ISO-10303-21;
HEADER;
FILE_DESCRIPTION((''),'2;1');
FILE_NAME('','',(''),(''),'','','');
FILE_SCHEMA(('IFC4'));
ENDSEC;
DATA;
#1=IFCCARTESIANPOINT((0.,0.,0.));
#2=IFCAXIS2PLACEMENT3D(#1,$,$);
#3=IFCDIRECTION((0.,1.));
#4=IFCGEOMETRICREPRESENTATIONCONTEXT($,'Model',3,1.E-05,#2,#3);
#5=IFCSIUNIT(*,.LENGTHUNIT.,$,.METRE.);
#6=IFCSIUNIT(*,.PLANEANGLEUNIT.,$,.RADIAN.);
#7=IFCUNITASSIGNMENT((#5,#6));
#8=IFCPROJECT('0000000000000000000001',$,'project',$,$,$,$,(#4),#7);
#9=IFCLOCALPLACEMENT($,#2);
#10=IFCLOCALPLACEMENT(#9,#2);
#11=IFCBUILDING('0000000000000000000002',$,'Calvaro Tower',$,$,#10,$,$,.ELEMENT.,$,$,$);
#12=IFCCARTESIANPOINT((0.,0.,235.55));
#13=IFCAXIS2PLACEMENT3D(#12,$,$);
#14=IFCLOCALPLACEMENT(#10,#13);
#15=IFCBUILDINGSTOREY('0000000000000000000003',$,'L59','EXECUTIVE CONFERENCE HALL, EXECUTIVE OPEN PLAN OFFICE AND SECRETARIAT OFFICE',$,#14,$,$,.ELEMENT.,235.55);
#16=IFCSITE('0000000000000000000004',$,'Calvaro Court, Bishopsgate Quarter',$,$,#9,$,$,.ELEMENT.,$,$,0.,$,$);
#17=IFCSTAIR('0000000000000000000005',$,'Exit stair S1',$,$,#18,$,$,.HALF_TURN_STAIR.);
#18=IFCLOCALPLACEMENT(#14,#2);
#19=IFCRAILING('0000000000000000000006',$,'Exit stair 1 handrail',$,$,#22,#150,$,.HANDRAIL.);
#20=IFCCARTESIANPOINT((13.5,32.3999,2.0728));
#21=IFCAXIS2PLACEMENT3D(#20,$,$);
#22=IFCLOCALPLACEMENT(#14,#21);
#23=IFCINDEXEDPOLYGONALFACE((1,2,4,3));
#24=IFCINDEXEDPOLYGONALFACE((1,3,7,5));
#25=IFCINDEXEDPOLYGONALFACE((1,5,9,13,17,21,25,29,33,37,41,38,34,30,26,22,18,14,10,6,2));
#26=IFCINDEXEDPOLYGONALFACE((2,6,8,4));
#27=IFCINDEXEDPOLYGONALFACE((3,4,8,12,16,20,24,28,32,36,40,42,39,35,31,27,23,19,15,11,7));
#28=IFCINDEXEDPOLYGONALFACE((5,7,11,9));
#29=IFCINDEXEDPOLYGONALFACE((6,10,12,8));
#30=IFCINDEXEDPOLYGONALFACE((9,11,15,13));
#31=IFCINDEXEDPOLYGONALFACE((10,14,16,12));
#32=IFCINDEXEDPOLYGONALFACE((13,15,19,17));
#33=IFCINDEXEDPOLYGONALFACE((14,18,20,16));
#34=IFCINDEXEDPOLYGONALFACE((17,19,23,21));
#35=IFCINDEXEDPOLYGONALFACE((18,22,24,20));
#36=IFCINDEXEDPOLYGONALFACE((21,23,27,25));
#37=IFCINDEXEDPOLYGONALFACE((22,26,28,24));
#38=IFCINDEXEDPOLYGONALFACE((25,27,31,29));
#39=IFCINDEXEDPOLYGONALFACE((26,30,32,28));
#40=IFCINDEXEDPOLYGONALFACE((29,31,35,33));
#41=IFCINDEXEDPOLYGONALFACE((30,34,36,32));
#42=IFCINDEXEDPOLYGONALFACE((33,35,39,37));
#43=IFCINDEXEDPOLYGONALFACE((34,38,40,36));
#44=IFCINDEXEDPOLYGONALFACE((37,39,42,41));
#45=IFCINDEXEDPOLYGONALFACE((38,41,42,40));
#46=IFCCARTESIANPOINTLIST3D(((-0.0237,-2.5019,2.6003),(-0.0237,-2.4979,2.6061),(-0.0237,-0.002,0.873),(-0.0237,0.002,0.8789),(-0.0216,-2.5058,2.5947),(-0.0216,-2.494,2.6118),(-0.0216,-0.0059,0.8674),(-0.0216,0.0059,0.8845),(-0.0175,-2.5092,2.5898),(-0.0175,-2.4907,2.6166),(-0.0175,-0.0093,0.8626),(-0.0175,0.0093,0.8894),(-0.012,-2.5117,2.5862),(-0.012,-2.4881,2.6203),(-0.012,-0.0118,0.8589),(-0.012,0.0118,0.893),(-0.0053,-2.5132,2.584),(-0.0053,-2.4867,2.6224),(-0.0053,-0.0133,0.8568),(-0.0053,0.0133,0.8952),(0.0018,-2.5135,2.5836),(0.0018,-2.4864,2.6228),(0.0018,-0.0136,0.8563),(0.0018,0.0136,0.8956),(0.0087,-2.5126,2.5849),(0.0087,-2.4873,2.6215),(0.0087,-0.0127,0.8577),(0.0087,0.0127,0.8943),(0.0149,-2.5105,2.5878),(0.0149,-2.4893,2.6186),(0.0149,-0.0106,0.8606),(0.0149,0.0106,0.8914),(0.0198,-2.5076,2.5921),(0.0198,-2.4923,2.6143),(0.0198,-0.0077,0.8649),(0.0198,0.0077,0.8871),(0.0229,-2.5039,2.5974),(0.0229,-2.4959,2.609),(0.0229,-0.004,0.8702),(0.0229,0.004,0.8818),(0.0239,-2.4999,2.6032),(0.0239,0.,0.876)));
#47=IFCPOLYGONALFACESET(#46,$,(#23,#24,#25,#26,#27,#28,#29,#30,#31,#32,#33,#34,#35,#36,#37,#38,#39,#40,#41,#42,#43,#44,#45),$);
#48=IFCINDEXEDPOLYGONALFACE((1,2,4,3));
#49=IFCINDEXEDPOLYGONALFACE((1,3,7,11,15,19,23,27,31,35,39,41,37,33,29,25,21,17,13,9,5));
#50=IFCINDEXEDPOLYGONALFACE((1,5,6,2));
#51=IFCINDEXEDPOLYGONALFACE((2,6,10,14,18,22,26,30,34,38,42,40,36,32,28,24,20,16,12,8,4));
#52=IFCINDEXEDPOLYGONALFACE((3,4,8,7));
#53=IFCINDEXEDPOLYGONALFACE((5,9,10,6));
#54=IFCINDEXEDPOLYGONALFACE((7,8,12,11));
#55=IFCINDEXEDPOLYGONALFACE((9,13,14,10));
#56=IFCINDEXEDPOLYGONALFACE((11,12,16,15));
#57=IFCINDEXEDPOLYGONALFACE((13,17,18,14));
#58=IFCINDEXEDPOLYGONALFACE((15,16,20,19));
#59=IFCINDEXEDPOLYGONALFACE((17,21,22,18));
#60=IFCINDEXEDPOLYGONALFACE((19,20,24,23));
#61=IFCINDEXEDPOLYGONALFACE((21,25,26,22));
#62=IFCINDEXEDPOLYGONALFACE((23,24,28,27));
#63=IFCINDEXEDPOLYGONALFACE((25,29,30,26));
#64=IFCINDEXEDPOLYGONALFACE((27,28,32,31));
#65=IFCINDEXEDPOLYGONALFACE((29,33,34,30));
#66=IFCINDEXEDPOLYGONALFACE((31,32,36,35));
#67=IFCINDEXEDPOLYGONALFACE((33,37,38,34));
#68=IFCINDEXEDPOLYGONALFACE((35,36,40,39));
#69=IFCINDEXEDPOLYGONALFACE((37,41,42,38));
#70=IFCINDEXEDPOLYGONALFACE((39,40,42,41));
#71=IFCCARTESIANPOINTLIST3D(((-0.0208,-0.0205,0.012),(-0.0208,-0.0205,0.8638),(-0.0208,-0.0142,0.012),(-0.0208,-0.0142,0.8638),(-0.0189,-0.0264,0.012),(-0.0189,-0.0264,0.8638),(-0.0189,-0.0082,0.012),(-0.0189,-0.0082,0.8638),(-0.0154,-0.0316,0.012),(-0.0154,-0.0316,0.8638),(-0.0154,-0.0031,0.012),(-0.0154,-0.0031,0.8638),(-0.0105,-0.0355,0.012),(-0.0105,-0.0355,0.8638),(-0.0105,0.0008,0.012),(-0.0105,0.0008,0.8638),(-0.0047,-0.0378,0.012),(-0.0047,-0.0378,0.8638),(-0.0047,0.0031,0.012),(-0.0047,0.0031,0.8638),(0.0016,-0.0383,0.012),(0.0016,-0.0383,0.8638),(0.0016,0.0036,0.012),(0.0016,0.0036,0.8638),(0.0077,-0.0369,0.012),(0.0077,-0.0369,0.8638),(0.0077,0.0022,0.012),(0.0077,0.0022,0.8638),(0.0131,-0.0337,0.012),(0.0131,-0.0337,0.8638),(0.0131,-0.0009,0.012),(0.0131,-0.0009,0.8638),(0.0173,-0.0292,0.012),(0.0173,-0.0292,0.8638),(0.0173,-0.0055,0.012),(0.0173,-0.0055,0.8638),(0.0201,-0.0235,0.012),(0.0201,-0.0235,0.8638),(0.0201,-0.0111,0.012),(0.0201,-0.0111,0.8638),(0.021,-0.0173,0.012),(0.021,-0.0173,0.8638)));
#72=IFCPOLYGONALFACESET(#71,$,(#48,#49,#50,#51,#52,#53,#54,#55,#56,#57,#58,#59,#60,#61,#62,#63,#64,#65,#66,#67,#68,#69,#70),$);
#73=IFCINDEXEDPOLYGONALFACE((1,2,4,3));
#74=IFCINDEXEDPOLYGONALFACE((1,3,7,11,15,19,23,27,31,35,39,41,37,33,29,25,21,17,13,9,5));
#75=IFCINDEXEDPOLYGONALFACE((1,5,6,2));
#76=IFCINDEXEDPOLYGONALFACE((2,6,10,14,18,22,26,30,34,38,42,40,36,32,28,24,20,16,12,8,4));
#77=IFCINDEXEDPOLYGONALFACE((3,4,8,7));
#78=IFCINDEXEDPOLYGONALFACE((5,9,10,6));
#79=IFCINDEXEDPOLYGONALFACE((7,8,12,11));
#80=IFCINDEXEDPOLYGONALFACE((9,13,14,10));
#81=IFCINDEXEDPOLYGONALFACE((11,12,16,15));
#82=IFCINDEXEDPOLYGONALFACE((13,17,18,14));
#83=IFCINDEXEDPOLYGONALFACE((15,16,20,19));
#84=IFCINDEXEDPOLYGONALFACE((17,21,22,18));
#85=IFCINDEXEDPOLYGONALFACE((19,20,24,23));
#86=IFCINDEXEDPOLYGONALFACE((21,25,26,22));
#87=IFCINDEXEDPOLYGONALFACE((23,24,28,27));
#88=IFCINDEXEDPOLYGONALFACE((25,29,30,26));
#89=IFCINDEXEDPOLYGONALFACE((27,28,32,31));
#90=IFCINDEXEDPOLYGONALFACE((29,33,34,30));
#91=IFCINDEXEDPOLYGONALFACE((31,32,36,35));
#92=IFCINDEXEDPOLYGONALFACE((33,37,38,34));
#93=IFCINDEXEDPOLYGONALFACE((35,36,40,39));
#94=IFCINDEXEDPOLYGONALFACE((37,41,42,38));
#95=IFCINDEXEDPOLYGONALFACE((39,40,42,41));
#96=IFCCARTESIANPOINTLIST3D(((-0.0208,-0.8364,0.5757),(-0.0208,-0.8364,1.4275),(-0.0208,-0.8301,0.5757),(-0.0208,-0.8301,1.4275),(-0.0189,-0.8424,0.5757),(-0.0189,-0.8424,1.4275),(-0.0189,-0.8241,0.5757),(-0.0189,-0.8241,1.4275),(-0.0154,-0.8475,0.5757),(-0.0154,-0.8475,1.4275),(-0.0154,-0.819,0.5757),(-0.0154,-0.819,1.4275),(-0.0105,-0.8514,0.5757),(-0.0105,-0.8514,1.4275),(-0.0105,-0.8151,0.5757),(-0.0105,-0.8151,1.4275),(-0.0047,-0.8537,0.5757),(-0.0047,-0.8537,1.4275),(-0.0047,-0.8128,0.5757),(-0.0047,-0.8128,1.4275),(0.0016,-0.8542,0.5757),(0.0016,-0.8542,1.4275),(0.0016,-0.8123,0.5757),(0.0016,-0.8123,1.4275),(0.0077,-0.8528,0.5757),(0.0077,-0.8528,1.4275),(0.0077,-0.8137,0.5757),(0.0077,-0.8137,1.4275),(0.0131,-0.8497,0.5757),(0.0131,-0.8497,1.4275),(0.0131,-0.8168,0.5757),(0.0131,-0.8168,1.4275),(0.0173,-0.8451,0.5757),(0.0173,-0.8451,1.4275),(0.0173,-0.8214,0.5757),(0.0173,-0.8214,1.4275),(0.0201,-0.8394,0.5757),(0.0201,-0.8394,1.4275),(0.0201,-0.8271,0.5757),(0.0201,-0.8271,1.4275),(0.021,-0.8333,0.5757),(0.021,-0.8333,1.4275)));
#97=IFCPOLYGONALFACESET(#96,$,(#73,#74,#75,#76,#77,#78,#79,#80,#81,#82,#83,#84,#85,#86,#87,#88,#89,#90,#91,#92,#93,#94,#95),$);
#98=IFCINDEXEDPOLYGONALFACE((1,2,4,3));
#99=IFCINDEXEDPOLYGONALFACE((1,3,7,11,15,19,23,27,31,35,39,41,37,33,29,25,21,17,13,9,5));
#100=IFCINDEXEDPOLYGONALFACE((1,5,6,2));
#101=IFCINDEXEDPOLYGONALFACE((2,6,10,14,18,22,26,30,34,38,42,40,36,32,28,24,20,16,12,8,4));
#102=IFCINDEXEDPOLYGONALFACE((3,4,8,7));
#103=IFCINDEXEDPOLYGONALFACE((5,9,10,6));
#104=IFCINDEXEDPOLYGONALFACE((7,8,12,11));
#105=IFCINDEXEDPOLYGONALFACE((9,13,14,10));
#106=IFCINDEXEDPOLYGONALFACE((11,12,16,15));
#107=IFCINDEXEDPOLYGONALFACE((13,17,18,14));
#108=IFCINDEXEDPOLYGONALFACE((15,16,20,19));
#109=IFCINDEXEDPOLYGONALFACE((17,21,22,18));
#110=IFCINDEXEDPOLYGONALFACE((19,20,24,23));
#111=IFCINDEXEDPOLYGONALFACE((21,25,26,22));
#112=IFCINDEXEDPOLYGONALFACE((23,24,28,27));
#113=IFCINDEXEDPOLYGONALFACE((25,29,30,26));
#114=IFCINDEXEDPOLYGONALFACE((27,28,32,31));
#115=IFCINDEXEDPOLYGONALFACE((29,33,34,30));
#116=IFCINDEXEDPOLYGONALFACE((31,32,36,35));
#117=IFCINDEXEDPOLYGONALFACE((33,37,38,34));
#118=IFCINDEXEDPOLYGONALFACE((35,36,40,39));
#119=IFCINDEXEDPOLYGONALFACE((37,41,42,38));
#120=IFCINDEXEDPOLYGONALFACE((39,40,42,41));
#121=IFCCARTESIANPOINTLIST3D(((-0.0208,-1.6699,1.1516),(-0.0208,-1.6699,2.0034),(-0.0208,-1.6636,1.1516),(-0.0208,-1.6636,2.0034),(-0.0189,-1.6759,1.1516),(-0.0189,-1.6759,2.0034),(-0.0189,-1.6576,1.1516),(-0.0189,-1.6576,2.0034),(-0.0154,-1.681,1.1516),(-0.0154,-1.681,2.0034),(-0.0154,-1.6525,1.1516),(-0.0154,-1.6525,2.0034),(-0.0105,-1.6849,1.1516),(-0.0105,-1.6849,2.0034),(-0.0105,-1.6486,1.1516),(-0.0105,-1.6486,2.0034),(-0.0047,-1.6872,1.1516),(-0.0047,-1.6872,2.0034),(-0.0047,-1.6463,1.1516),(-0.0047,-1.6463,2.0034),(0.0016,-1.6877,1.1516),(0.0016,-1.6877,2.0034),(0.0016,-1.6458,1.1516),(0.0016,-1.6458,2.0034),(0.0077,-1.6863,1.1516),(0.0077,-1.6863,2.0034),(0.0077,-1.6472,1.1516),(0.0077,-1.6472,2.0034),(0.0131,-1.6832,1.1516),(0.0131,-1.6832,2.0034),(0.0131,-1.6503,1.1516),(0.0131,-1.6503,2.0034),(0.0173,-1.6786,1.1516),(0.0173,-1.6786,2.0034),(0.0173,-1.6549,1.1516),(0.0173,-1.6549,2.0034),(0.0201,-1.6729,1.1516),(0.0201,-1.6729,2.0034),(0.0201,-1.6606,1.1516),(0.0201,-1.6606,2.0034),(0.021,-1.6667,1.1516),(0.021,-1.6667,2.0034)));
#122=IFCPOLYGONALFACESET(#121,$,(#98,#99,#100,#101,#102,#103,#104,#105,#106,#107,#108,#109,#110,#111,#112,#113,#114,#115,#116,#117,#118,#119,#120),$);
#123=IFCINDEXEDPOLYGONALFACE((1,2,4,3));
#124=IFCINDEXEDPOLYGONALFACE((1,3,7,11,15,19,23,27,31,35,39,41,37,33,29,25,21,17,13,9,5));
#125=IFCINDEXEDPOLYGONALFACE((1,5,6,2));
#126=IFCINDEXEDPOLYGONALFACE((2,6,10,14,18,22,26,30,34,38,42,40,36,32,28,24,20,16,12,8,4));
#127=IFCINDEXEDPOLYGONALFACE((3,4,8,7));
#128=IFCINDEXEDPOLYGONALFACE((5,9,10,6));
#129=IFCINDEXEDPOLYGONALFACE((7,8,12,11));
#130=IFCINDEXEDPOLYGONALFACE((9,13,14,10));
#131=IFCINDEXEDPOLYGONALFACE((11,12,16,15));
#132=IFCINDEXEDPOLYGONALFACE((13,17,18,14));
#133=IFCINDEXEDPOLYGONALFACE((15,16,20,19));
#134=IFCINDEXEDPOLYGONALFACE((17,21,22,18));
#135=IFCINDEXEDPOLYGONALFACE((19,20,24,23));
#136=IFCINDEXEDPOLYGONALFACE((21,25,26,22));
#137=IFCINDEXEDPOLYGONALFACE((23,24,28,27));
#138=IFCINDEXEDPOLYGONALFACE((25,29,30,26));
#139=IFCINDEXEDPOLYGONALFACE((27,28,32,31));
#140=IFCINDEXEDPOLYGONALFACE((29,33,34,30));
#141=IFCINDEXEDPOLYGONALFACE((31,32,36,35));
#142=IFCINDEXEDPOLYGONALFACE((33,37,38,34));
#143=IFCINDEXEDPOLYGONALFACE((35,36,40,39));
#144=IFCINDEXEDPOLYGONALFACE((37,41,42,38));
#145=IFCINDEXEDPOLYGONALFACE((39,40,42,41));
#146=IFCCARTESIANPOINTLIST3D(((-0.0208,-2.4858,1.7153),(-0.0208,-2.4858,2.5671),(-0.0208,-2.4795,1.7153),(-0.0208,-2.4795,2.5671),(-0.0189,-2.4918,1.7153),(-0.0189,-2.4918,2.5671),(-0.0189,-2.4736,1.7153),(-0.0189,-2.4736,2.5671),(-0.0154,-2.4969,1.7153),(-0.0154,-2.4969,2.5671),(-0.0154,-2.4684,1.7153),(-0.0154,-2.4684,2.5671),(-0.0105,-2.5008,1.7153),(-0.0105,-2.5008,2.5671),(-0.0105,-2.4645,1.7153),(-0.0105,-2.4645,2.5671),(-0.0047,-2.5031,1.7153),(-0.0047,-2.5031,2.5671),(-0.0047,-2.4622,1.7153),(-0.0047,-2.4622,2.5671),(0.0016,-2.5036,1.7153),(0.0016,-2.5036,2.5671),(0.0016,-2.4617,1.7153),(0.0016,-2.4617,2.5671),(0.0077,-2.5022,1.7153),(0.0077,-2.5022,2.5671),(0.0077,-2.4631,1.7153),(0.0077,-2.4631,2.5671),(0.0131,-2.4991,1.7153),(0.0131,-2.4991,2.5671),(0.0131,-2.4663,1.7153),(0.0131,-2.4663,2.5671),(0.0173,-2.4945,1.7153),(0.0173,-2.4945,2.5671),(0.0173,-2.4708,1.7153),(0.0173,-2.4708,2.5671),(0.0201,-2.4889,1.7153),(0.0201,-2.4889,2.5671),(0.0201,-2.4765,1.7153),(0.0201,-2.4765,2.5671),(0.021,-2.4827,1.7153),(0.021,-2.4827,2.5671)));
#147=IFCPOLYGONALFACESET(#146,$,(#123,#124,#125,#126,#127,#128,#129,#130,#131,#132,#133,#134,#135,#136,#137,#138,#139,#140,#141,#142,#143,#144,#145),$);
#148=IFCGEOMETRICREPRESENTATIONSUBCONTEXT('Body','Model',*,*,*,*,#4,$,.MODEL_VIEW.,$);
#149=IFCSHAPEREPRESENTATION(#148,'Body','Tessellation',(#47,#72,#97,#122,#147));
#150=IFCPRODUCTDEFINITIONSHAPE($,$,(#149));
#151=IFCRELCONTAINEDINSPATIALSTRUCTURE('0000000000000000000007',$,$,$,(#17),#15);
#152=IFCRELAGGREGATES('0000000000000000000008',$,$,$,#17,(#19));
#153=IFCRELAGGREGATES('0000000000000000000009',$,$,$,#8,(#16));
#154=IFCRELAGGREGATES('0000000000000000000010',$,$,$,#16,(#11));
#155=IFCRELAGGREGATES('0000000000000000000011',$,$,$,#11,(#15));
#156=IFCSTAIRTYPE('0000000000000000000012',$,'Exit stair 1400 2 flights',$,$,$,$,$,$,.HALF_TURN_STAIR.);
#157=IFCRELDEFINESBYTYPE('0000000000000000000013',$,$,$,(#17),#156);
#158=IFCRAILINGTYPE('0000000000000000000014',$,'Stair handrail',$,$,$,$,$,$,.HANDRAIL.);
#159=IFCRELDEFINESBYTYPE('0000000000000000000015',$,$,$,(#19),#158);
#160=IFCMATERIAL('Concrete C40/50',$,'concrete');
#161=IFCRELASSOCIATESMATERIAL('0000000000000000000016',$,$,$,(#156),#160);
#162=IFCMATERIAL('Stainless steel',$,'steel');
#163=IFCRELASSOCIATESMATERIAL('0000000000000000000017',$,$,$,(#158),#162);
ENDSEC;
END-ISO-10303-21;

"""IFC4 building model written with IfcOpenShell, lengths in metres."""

from ifc_helpers import new_model, si_unit, direction, frame, origin, origin_2d, place, context, subcontext, project, spatial, circle, extrude, material, type_object, element, aggregate, save


model = new_model("IFC4")

# Units and contexts
model_context = context("Model", 3, precision=1e-05, world=origin(), true_north=direction((0.0, 1.0)))
body_context = subcontext(model_context, "Body", "Model", "MODEL_VIEW")
ifc_project = project(units=[si_unit("LENGTHUNIT", "METRE"), si_unit("PLANEANGLEUNIT", "RADIAN")], contexts=[model_context])

# Site, building, storey
site_placement = place(None, origin())
site = spatial("IfcSite", under=ifc_project, at=site_placement, Name="Calvaro Court, Bishopsgate Quarter", CompositionType="ELEMENT", RefElevation=0.0)
building_placement = place(site_placement, origin())
building = spatial("IfcBuilding", under=site, at=building_placement, Name="Calvaro Tower", CompositionType="ELEMENT")
storey_placement = place(building_placement, frame((0.0, 0.0, 235.55)))
storey = spatial("IfcBuildingStorey", under=building, at=storey_placement, Name="L59", Description="EXECUTIVE CONFERENCE HALL, EXECUTIVE OPEN PLAN OFFICE AND SECRETARIAT OFFICE", CompositionType="ELEMENT", Elevation=235.55)

# Shared definitions
ifc_material_1 = material(Name="Concrete C40/50", Category="concrete")
stair_type = type_object("IfcStairType", Name="Exit stair 1400 2 flights", PredefinedType="HALF_TURN_STAIR", material=ifc_material_1)

# Stair, railing
stair_1_placement = place(storey_placement, origin())
stair_1 = element("IfcStair", 1, at=stair_1_placement, inside=storey, type_object=stair_type, Name="Exit stair S1", PredefinedType="HALF_TURN_STAIR")
ifc_material_2 = material(Name="Stainless steel", Category="steel")
railing_type = type_object("IfcRailingType", Name="Stair handrail", PredefinedType="HANDRAIL", material=ifc_material_2)
railing_1_placement = place(storey_placement, frame((13.5, 32.3999, 2.0728)))
railing_1 = element("IfcRailing", 2, at=railing_1_placement, type_object=railing_type, Name="Exit stair 1 handrail", PredefinedType="HANDRAIL", context=body_context, shape_type="SweptSolid", body=[
    extrude(circle(Radius=0.0239, at=origin_2d()), frame((0.0, 0.0, 0.876), z_axis=(0.0, -0.822727, 0.568437), x_axis=(1.0, 0.0, 0.0)), (0.0, 0.0, 1.0), 3.0386),
    extrude(circle(Radius=0.021, at=origin_2d()), frame((0.0, -0.0173, 0.012)), (0.0, 0.0, 1.0), 0.8518),
    extrude(circle(Radius=0.021, at=origin_2d()), frame((0.0, -0.8333, 0.5757)), (0.0, 0.0, 1.0), 0.8518),
    extrude(circle(Radius=0.021, at=origin_2d()), frame((0.0, -1.6667, 1.1516)), (0.0, 0.0, 1.0), 0.8518),
    extrude(circle(Radius=0.021, at=origin_2d()), frame((0.0, -2.4827, 1.7153)), (0.0, 0.0, 1.0), 0.8518),
])
aggregate(stair_1, [railing_1])

save(model, "model.ifc")
